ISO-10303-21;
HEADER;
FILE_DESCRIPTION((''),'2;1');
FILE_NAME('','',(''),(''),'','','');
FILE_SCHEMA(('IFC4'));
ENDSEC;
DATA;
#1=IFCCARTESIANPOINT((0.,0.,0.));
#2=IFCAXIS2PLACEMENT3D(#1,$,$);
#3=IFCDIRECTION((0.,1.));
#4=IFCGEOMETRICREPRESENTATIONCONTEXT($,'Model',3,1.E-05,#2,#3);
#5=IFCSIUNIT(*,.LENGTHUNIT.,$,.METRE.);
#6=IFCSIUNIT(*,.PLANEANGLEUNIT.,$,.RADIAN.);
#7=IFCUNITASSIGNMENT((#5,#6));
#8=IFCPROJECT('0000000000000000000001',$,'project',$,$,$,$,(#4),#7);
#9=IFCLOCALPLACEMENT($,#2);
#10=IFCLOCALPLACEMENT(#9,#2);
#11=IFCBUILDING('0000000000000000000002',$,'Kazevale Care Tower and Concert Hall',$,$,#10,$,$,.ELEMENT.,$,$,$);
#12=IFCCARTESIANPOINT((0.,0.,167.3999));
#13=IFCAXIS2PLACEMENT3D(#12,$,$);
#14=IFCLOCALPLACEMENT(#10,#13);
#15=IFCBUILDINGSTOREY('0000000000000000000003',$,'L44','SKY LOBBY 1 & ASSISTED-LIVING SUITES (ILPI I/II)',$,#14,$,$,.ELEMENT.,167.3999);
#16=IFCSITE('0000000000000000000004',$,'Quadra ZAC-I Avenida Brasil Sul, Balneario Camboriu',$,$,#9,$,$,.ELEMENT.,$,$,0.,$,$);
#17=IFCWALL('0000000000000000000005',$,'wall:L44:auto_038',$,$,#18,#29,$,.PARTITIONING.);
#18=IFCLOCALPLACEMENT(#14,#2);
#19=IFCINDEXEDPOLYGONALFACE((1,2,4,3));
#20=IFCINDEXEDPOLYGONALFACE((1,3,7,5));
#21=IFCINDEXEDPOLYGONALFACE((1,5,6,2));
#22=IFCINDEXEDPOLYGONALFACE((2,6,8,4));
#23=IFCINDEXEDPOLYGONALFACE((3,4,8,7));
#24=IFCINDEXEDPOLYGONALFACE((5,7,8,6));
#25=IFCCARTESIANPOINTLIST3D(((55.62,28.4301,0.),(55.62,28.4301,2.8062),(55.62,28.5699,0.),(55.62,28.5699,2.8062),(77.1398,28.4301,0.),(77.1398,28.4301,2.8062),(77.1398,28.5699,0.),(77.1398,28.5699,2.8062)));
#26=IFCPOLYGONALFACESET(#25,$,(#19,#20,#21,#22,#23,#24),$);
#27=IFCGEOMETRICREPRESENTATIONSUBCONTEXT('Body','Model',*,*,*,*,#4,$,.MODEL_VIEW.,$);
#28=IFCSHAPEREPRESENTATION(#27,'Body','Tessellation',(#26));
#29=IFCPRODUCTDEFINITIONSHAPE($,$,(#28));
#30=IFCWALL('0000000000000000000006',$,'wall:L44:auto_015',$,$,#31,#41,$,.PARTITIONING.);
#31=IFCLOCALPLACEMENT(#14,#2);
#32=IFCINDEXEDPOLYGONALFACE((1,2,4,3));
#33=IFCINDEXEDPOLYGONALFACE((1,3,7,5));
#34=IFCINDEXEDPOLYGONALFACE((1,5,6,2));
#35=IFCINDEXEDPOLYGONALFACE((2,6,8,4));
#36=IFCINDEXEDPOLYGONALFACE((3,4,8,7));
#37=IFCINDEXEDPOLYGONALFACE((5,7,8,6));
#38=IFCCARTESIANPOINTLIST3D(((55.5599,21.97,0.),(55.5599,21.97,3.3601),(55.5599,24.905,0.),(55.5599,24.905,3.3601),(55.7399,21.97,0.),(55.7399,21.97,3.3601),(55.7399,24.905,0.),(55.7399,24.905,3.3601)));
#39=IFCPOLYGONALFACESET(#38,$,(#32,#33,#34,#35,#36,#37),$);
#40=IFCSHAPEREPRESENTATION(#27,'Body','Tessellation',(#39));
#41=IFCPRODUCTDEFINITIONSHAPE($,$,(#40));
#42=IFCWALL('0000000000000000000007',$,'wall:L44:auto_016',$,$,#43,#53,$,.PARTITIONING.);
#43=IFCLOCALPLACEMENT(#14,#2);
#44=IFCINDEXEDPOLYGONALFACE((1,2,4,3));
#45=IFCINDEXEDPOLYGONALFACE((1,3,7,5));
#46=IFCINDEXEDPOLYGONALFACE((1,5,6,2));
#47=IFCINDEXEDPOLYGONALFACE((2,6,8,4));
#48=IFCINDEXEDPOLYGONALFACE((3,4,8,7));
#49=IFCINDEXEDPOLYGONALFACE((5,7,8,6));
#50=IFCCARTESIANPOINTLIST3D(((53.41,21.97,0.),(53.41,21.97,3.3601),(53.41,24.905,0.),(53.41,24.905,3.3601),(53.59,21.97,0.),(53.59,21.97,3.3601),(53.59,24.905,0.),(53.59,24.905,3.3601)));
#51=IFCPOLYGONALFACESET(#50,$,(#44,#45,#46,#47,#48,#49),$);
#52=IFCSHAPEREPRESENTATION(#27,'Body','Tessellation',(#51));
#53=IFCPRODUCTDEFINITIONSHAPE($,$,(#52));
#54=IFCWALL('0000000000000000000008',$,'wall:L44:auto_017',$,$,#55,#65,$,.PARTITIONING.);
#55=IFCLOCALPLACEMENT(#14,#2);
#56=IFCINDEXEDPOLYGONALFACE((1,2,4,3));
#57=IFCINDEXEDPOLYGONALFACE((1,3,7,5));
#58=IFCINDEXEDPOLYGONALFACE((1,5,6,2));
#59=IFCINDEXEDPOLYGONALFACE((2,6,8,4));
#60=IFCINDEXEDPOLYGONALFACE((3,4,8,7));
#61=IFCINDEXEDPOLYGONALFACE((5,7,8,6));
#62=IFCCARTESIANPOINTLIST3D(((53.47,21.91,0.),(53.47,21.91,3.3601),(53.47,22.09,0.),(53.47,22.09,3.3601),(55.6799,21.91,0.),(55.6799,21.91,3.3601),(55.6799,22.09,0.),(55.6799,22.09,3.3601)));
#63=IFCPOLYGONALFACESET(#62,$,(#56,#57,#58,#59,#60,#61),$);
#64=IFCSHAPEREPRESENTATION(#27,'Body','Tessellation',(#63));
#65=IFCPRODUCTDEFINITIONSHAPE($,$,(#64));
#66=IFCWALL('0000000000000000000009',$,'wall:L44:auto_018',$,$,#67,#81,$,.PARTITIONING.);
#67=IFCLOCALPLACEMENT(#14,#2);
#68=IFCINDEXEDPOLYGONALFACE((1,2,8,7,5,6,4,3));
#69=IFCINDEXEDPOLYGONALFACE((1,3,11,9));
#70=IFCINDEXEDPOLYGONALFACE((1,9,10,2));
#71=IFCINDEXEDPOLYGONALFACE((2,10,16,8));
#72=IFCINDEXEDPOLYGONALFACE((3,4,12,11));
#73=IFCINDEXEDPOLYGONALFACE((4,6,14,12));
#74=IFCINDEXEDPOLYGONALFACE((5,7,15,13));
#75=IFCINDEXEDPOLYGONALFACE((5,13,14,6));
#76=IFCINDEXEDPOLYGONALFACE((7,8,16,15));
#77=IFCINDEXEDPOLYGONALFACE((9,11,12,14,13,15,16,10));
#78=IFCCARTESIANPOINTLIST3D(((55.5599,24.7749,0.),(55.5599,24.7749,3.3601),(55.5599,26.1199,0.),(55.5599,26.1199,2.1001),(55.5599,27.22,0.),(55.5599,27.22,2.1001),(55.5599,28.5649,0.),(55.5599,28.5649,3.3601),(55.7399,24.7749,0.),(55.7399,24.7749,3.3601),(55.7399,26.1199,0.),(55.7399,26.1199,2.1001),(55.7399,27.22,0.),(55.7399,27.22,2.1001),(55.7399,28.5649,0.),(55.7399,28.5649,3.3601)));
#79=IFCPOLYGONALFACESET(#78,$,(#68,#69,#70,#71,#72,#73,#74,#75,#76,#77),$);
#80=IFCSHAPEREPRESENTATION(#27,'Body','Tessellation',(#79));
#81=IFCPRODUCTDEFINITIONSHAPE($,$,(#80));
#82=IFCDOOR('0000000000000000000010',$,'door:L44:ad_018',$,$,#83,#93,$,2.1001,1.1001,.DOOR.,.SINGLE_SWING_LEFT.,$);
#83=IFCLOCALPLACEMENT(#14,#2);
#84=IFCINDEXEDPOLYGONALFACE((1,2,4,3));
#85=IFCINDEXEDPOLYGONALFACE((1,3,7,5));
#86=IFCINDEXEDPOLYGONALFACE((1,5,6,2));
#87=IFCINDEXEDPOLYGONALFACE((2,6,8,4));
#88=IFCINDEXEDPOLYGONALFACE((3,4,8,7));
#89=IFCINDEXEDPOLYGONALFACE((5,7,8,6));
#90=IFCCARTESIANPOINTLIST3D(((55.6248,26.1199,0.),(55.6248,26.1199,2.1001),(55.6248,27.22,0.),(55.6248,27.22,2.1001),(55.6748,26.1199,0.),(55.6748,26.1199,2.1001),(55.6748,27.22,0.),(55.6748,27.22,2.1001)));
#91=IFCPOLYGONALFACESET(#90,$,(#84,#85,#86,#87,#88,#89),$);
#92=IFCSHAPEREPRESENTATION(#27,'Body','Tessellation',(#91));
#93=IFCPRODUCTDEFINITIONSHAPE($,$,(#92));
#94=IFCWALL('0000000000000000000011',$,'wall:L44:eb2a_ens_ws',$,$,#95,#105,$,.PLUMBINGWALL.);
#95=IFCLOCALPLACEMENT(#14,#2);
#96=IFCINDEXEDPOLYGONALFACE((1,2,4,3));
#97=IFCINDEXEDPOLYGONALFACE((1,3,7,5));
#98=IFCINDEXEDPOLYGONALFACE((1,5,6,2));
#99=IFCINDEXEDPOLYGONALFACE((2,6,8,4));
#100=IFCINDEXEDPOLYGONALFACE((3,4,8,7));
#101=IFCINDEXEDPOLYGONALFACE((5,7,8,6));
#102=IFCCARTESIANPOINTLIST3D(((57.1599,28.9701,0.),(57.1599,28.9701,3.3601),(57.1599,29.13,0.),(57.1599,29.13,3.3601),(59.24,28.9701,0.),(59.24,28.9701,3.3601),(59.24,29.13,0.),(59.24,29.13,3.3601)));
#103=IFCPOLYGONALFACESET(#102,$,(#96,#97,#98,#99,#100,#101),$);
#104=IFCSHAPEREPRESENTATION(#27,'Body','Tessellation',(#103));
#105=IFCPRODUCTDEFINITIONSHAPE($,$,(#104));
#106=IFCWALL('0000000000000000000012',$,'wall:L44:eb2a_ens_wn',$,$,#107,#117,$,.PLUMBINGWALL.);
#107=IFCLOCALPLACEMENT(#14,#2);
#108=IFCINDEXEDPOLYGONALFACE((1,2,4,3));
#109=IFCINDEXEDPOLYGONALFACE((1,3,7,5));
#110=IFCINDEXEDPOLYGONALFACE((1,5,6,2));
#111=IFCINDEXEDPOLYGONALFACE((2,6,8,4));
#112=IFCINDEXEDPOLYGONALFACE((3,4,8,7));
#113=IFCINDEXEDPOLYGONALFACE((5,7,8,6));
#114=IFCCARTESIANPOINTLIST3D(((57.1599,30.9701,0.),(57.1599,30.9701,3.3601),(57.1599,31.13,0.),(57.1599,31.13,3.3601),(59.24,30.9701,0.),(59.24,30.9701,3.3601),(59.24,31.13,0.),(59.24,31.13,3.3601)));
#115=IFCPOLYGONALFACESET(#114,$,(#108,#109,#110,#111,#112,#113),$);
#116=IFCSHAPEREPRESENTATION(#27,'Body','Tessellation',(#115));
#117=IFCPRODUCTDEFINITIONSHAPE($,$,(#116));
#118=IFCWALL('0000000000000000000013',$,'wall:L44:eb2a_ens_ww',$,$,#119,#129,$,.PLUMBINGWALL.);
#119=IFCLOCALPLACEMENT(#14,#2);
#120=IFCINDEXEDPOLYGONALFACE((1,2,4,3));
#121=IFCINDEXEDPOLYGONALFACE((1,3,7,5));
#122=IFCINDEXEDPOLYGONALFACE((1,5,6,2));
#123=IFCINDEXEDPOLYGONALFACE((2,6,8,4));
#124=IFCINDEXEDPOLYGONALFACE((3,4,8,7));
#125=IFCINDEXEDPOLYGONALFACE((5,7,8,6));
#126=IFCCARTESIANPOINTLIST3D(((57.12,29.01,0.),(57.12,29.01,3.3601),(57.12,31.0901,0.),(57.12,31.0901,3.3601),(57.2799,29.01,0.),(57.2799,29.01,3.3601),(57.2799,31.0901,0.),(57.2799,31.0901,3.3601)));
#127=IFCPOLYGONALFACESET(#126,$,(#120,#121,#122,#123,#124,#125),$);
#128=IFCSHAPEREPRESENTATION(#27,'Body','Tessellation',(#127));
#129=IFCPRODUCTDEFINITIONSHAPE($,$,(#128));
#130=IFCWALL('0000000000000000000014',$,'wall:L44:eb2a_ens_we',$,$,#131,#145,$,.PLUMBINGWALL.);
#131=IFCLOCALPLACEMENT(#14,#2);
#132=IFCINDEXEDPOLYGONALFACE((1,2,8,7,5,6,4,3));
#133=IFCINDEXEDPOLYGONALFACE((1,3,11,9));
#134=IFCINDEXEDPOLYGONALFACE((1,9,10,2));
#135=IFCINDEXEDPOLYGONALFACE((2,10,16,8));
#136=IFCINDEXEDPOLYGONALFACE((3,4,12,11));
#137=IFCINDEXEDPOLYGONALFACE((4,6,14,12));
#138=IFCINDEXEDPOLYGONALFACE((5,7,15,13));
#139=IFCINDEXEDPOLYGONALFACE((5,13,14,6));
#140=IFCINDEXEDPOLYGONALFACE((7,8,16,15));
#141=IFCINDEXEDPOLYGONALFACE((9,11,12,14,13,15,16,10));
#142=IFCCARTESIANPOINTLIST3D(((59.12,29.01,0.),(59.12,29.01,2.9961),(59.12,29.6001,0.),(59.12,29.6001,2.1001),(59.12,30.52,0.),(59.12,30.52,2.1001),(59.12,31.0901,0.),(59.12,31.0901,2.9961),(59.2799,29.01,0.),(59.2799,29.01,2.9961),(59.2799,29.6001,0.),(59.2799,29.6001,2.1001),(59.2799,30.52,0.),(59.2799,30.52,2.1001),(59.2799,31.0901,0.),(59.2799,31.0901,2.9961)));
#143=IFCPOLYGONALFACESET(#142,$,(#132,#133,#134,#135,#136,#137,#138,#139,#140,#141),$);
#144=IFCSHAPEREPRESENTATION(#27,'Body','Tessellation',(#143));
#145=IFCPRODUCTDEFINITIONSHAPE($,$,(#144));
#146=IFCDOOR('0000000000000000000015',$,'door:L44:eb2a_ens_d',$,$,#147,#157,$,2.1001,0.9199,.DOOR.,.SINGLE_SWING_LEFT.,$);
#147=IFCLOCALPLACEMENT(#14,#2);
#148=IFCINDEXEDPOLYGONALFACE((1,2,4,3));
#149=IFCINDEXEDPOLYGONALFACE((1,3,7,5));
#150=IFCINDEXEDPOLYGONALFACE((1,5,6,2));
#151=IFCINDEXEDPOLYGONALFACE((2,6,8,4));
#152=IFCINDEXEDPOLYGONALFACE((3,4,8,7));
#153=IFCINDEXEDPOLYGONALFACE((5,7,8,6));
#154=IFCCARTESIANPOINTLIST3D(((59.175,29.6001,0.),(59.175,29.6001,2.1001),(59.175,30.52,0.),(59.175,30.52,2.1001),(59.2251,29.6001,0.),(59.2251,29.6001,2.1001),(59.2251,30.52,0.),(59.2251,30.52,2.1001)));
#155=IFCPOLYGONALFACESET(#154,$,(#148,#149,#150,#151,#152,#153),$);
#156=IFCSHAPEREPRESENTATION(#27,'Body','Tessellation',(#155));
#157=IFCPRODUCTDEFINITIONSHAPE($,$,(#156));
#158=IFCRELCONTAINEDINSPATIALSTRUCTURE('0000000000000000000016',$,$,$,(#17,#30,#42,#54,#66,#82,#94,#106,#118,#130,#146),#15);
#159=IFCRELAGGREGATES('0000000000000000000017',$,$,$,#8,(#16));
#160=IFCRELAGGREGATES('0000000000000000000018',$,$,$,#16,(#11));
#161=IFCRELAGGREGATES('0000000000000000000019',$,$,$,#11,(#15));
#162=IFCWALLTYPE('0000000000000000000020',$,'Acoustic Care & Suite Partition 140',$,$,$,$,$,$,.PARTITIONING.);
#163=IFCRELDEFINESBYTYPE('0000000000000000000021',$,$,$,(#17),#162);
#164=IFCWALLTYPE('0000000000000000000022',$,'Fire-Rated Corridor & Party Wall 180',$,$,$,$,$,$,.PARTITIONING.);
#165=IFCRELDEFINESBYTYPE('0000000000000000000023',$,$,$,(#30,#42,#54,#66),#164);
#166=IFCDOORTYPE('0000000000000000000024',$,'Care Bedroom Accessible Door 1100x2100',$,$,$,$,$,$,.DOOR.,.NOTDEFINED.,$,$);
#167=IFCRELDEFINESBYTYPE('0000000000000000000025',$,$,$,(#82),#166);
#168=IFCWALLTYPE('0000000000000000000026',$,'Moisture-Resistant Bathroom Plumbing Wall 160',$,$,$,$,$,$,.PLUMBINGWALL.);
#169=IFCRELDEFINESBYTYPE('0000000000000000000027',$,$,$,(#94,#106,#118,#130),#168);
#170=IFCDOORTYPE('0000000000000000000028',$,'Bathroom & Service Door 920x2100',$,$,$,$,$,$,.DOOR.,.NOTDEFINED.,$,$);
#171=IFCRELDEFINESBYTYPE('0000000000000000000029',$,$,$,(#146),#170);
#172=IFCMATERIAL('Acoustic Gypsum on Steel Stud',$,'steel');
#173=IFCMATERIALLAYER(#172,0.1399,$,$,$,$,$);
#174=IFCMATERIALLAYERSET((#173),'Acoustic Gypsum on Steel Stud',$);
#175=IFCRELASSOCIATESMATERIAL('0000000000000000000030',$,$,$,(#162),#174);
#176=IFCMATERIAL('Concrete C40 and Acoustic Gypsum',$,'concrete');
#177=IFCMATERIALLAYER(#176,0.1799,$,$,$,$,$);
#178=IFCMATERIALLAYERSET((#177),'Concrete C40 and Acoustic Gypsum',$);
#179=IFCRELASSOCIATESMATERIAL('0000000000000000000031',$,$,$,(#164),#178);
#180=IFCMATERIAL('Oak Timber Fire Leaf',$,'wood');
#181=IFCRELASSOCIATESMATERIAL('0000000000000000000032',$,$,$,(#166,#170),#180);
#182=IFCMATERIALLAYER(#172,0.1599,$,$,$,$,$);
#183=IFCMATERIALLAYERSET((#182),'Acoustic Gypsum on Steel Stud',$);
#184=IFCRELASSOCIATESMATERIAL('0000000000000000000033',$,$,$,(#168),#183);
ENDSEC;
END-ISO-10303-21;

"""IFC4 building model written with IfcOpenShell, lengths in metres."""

from ifc_helpers import new_model, si_unit, direction, frame, frame_2d, origin, place, context, subcontext, project, spatial, rectangle, extrude, material, layer, layer_set, type_object, element, fill, save


model = new_model("IFC4")

# Units and contexts
model_context = context("Model", 3, precision=1e-05, world=origin(), true_north=direction((0.0, 1.0)))
body_context = subcontext(model_context, "Body", "Model", "MODEL_VIEW")
ifc_project = project(units=[si_unit("LENGTHUNIT", "METRE"), si_unit("PLANEANGLEUNIT", "RADIAN")], contexts=[model_context])

# Site, building, storey
site_placement = place(None, origin())
site = spatial("IfcSite", under=ifc_project, at=site_placement, Name="Quadra ZAC-I Avenida Brasil Sul, Balneario Camboriu", CompositionType="ELEMENT", RefElevation=0.0)
building_placement = place(site_placement, origin())
building = spatial("IfcBuilding", under=site, at=building_placement, Name="Kazevale Care Tower and Concert Hall", CompositionType="ELEMENT")
storey_placement = place(building_placement, frame((0.0, 0.0, 167.3999)))
storey = spatial("IfcBuildingStorey", under=building, at=storey_placement, Name="L44", Description="SKY LOBBY 1 & ASSISTED-LIVING SUITES (ILPI I/II)", CompositionType="ELEMENT", Elevation=167.3999)

# Walls
ifc_material_1 = material(Name="Acoustic Gypsum on Steel Stud", Category="steel")
ifc_layer_1 = layer(ifc_material_1, 0.1399)
ifc_layer_set_1 = layer_set([ifc_layer_1], Name="Acoustic Gypsum on Steel Stud")
wall_type_1 = type_object("IfcWallType", Name="Acoustic Care & Suite Partition 140", PredefinedType="PARTITIONING", material=ifc_layer_set_1)
wall_1_placement = place(storey_placement, frame((55.6201, 28.5, 0.0), z_axis=(0.0, 0.0, 1.0), x_axis=(1.0, 0.0, 0.0)))
element("IfcWall", 1, at=wall_1_placement, inside=storey, type_object=wall_type_1, Name="wall:L44:auto_038", PredefinedType="PARTITIONING", context=body_context, shape_type="SweptSolid", body=[
    extrude(rectangle(XDim=21.5198, YDim=0.1399, at=frame_2d((10.7598, 0.0))), origin(), (0.0, 0.0, 1.0), 2.8062),
])
ifc_material_2 = material(Name="Concrete C40 and Acoustic Gypsum", Category="concrete")
ifc_layer_2 = layer(ifc_material_2, 0.1799)
ifc_layer_set_2 = layer_set([ifc_layer_2], Name="Concrete C40 and Acoustic Gypsum")
wall_type_2 = type_object("IfcWallType", Name="Fire-Rated Corridor & Party Wall 180", PredefinedType="PARTITIONING", material=ifc_layer_set_2)
for number, where, z_axis, x_axis, name in (
    (2, (55.6499, 24.905, 0.0), (0.0, 0.0, 1.0), (0.0, -1.0, 0.0), "wall:L44:auto_015"),
    (3, (53.5, 21.97, 0.0), (0.0, 0.0, 1.0), (0.0, 1.0, 0.0), "wall:L44:auto_016"),
):
    element("IfcWall", number, at=place(storey_placement, frame(where, z_axis=z_axis, x_axis=x_axis)), inside=storey, type_object=wall_type_2, Name=name, PredefinedType="PARTITIONING", context=body_context, shape_type="SweptSolid", body=[
        extrude(rectangle(XDim=2.9351, YDim=0.1799, at=frame_2d((1.4675, 0.0))), origin(), (0.0, 0.0, 1.0), 3.3601),
    ])
wall_2_placement = place(storey_placement, frame((55.6799, 22.0, 0.0), z_axis=(0.0, 0.0, 1.0), x_axis=(-1.0, 0.0, 0.0)))
element("IfcWall", 4, at=wall_2_placement, inside=storey, type_object=wall_type_2, Name="wall:L44:auto_017", PredefinedType="PARTITIONING", context=body_context, shape_type="SweptSolid", body=[
    extrude(rectangle(XDim=2.21, YDim=0.1799, at=frame_2d((1.105, 0.0))), origin(), (0.0, 0.0, 1.0), 3.3601),
])

# Wall, opening, door
wall_3_placement = place(storey_placement, frame((55.6499, 28.5649, 0.0), z_axis=(0.0, 0.0, 1.0), x_axis=(0.0, -1.0, 0.0)))
wall_3 = element("IfcWall", 5, at=wall_3_placement, inside=storey, type_object=wall_type_2, Name="wall:L44:auto_018", PredefinedType="PARTITIONING", context=body_context, shape_type="SweptSolid", body=[
    extrude(rectangle(XDim=3.79, YDim=0.1799, at=frame_2d((1.895, 0.0))), origin(), (0.0, 0.0, 1.0), 3.3601),
])
opening_1_placement = place(wall_3_placement, frame((1.345, 0.0, 0.0)))
opening_1 = element("IfcOpeningElement", 6, at=opening_1_placement, cuts=wall_3, PredefinedType="OPENING", context=body_context, shape_type="SweptSolid", body=[
    extrude(rectangle(XDim=1.1001, YDim=2.1001, at=frame_2d((0.55, 1.05))), frame((0.0, 0.0999, 0.0), z_axis=(0.0, -1.0, 0.0), x_axis=(1.0, 0.0, 0.0)), (0.0, 0.0, 1.0), 0.2),
])
ifc_material_3 = material(Name="Oak Timber Fire Leaf", Category="wood")
door_type_1 = type_object("IfcDoorType", Name="Care Bedroom Accessible Door 1100x2100", OperationType="NOTDEFINED", PredefinedType="DOOR", material=ifc_material_3)
door_1_placement = place(opening_1_placement, origin())
door_1 = element("IfcDoor", 7, at=door_1_placement, inside=storey, type_object=door_type_1, Name="door:L44:ad_018", OperationType="SINGLE_SWING_LEFT", OverallHeight=2.1001, OverallWidth=1.1001, PredefinedType="DOOR", context=body_context, shape_type="SweptSolid", body=[
    extrude(rectangle(XDim=1.1001, YDim=2.1001, at=frame_2d((0.55, 1.05))), frame((0.0, 0.0249, 0.0), z_axis=(0.0, -1.0, 0.0), x_axis=(1.0, 0.0, 0.0)), (0.0, 0.0, 1.0), 0.05),
])
fill(opening_1, door_1)

# Walls
ifc_layer_3 = layer(ifc_material_1, 0.1599)
ifc_layer_set_3 = layer_set([ifc_layer_3], Name="Acoustic Gypsum on Steel Stud")
wall_type_3 = type_object("IfcWallType", Name="Moisture-Resistant Bathroom Plumbing Wall 160", PredefinedType="PLUMBINGWALL", material=ifc_layer_set_3)
for number, where, z_axis, x_axis, name in (
    (8, (57.1599, 29.05, 0.0), (0.0, 0.0, 1.0), (1.0, 0.0, 0.0), "wall:L44:eb2a_ens_ws"),
    (9, (57.1599, 31.05, 0.0), (0.0, 0.0, 1.0), (1.0, 0.0, 0.0), "wall:L44:eb2a_ens_wn"),
    (10, (57.2, 29.01, 0.0), (0.0, 0.0, 1.0), (0.0, 1.0, 0.0), "wall:L44:eb2a_ens_ww"),
):
    element("IfcWall", number, at=place(storey_placement, frame(where, z_axis=z_axis, x_axis=x_axis)), inside=storey, type_object=wall_type_3, Name=name, PredefinedType="PLUMBINGWALL", context=body_context, shape_type="SweptSolid", body=[
        extrude(rectangle(XDim=2.0801, YDim=0.1599, at=frame_2d((1.04, 0.0))), origin(), (0.0, 0.0, 1.0), 3.3601),
    ])

# Wall, opening, door
wall_4_placement = place(storey_placement, frame((59.2, 29.01, 0.0), z_axis=(0.0, 0.0, 1.0), x_axis=(0.0, 1.0, 0.0)))
wall_4 = element("IfcWall", 11, at=wall_4_placement, inside=storey, type_object=wall_type_3, Name="wall:L44:eb2a_ens_we", PredefinedType="PLUMBINGWALL", context=body_context, shape_type="SweptSolid", body=[
    extrude(rectangle(XDim=2.0801, YDim=0.1599, at=frame_2d((1.04, 0.0))), origin(), (0.0, 0.0, 1.0), 2.9961),
])
opening_2_placement = place(wall_4_placement, frame((0.5901, 0.0, 0.0)))
opening_2 = element("IfcOpeningElement", 12, at=opening_2_placement, cuts=wall_4, PredefinedType="OPENING", context=body_context, shape_type="SweptSolid", body=[
    extrude(rectangle(XDim=0.9199, YDim=2.1001, at=frame_2d((0.46, 1.05))), frame((0.0, 0.0898, 0.0), z_axis=(0.0, -1.0, 0.0), x_axis=(1.0, 0.0, 0.0)), (0.0, 0.0, 1.0), 0.1799),
])
door_type_2 = type_object("IfcDoorType", Name="Bathroom & Service Door 920x2100", OperationType="NOTDEFINED", PredefinedType="DOOR", material=ifc_material_3)
door_2_placement = place(opening_2_placement, origin())
door_2 = element("IfcDoor", 13, at=door_2_placement, inside=storey, type_object=door_type_2, Name="door:L44:eb2a_ens_d", OperationType="SINGLE_SWING_LEFT", OverallHeight=2.1001, OverallWidth=0.9199, PredefinedType="DOOR", context=body_context, shape_type="SweptSolid", body=[
    extrude(rectangle(XDim=0.9199, YDim=2.1001, at=frame_2d((0.46, 1.05))), frame((0.0, 0.0249, 0.0), z_axis=(0.0, -1.0, 0.0), x_axis=(1.0, 0.0, 0.0)), (0.0, 0.0, 1.0), 0.05),
])
fill(opening_2, door_2)

save(model, "model.ifc")
